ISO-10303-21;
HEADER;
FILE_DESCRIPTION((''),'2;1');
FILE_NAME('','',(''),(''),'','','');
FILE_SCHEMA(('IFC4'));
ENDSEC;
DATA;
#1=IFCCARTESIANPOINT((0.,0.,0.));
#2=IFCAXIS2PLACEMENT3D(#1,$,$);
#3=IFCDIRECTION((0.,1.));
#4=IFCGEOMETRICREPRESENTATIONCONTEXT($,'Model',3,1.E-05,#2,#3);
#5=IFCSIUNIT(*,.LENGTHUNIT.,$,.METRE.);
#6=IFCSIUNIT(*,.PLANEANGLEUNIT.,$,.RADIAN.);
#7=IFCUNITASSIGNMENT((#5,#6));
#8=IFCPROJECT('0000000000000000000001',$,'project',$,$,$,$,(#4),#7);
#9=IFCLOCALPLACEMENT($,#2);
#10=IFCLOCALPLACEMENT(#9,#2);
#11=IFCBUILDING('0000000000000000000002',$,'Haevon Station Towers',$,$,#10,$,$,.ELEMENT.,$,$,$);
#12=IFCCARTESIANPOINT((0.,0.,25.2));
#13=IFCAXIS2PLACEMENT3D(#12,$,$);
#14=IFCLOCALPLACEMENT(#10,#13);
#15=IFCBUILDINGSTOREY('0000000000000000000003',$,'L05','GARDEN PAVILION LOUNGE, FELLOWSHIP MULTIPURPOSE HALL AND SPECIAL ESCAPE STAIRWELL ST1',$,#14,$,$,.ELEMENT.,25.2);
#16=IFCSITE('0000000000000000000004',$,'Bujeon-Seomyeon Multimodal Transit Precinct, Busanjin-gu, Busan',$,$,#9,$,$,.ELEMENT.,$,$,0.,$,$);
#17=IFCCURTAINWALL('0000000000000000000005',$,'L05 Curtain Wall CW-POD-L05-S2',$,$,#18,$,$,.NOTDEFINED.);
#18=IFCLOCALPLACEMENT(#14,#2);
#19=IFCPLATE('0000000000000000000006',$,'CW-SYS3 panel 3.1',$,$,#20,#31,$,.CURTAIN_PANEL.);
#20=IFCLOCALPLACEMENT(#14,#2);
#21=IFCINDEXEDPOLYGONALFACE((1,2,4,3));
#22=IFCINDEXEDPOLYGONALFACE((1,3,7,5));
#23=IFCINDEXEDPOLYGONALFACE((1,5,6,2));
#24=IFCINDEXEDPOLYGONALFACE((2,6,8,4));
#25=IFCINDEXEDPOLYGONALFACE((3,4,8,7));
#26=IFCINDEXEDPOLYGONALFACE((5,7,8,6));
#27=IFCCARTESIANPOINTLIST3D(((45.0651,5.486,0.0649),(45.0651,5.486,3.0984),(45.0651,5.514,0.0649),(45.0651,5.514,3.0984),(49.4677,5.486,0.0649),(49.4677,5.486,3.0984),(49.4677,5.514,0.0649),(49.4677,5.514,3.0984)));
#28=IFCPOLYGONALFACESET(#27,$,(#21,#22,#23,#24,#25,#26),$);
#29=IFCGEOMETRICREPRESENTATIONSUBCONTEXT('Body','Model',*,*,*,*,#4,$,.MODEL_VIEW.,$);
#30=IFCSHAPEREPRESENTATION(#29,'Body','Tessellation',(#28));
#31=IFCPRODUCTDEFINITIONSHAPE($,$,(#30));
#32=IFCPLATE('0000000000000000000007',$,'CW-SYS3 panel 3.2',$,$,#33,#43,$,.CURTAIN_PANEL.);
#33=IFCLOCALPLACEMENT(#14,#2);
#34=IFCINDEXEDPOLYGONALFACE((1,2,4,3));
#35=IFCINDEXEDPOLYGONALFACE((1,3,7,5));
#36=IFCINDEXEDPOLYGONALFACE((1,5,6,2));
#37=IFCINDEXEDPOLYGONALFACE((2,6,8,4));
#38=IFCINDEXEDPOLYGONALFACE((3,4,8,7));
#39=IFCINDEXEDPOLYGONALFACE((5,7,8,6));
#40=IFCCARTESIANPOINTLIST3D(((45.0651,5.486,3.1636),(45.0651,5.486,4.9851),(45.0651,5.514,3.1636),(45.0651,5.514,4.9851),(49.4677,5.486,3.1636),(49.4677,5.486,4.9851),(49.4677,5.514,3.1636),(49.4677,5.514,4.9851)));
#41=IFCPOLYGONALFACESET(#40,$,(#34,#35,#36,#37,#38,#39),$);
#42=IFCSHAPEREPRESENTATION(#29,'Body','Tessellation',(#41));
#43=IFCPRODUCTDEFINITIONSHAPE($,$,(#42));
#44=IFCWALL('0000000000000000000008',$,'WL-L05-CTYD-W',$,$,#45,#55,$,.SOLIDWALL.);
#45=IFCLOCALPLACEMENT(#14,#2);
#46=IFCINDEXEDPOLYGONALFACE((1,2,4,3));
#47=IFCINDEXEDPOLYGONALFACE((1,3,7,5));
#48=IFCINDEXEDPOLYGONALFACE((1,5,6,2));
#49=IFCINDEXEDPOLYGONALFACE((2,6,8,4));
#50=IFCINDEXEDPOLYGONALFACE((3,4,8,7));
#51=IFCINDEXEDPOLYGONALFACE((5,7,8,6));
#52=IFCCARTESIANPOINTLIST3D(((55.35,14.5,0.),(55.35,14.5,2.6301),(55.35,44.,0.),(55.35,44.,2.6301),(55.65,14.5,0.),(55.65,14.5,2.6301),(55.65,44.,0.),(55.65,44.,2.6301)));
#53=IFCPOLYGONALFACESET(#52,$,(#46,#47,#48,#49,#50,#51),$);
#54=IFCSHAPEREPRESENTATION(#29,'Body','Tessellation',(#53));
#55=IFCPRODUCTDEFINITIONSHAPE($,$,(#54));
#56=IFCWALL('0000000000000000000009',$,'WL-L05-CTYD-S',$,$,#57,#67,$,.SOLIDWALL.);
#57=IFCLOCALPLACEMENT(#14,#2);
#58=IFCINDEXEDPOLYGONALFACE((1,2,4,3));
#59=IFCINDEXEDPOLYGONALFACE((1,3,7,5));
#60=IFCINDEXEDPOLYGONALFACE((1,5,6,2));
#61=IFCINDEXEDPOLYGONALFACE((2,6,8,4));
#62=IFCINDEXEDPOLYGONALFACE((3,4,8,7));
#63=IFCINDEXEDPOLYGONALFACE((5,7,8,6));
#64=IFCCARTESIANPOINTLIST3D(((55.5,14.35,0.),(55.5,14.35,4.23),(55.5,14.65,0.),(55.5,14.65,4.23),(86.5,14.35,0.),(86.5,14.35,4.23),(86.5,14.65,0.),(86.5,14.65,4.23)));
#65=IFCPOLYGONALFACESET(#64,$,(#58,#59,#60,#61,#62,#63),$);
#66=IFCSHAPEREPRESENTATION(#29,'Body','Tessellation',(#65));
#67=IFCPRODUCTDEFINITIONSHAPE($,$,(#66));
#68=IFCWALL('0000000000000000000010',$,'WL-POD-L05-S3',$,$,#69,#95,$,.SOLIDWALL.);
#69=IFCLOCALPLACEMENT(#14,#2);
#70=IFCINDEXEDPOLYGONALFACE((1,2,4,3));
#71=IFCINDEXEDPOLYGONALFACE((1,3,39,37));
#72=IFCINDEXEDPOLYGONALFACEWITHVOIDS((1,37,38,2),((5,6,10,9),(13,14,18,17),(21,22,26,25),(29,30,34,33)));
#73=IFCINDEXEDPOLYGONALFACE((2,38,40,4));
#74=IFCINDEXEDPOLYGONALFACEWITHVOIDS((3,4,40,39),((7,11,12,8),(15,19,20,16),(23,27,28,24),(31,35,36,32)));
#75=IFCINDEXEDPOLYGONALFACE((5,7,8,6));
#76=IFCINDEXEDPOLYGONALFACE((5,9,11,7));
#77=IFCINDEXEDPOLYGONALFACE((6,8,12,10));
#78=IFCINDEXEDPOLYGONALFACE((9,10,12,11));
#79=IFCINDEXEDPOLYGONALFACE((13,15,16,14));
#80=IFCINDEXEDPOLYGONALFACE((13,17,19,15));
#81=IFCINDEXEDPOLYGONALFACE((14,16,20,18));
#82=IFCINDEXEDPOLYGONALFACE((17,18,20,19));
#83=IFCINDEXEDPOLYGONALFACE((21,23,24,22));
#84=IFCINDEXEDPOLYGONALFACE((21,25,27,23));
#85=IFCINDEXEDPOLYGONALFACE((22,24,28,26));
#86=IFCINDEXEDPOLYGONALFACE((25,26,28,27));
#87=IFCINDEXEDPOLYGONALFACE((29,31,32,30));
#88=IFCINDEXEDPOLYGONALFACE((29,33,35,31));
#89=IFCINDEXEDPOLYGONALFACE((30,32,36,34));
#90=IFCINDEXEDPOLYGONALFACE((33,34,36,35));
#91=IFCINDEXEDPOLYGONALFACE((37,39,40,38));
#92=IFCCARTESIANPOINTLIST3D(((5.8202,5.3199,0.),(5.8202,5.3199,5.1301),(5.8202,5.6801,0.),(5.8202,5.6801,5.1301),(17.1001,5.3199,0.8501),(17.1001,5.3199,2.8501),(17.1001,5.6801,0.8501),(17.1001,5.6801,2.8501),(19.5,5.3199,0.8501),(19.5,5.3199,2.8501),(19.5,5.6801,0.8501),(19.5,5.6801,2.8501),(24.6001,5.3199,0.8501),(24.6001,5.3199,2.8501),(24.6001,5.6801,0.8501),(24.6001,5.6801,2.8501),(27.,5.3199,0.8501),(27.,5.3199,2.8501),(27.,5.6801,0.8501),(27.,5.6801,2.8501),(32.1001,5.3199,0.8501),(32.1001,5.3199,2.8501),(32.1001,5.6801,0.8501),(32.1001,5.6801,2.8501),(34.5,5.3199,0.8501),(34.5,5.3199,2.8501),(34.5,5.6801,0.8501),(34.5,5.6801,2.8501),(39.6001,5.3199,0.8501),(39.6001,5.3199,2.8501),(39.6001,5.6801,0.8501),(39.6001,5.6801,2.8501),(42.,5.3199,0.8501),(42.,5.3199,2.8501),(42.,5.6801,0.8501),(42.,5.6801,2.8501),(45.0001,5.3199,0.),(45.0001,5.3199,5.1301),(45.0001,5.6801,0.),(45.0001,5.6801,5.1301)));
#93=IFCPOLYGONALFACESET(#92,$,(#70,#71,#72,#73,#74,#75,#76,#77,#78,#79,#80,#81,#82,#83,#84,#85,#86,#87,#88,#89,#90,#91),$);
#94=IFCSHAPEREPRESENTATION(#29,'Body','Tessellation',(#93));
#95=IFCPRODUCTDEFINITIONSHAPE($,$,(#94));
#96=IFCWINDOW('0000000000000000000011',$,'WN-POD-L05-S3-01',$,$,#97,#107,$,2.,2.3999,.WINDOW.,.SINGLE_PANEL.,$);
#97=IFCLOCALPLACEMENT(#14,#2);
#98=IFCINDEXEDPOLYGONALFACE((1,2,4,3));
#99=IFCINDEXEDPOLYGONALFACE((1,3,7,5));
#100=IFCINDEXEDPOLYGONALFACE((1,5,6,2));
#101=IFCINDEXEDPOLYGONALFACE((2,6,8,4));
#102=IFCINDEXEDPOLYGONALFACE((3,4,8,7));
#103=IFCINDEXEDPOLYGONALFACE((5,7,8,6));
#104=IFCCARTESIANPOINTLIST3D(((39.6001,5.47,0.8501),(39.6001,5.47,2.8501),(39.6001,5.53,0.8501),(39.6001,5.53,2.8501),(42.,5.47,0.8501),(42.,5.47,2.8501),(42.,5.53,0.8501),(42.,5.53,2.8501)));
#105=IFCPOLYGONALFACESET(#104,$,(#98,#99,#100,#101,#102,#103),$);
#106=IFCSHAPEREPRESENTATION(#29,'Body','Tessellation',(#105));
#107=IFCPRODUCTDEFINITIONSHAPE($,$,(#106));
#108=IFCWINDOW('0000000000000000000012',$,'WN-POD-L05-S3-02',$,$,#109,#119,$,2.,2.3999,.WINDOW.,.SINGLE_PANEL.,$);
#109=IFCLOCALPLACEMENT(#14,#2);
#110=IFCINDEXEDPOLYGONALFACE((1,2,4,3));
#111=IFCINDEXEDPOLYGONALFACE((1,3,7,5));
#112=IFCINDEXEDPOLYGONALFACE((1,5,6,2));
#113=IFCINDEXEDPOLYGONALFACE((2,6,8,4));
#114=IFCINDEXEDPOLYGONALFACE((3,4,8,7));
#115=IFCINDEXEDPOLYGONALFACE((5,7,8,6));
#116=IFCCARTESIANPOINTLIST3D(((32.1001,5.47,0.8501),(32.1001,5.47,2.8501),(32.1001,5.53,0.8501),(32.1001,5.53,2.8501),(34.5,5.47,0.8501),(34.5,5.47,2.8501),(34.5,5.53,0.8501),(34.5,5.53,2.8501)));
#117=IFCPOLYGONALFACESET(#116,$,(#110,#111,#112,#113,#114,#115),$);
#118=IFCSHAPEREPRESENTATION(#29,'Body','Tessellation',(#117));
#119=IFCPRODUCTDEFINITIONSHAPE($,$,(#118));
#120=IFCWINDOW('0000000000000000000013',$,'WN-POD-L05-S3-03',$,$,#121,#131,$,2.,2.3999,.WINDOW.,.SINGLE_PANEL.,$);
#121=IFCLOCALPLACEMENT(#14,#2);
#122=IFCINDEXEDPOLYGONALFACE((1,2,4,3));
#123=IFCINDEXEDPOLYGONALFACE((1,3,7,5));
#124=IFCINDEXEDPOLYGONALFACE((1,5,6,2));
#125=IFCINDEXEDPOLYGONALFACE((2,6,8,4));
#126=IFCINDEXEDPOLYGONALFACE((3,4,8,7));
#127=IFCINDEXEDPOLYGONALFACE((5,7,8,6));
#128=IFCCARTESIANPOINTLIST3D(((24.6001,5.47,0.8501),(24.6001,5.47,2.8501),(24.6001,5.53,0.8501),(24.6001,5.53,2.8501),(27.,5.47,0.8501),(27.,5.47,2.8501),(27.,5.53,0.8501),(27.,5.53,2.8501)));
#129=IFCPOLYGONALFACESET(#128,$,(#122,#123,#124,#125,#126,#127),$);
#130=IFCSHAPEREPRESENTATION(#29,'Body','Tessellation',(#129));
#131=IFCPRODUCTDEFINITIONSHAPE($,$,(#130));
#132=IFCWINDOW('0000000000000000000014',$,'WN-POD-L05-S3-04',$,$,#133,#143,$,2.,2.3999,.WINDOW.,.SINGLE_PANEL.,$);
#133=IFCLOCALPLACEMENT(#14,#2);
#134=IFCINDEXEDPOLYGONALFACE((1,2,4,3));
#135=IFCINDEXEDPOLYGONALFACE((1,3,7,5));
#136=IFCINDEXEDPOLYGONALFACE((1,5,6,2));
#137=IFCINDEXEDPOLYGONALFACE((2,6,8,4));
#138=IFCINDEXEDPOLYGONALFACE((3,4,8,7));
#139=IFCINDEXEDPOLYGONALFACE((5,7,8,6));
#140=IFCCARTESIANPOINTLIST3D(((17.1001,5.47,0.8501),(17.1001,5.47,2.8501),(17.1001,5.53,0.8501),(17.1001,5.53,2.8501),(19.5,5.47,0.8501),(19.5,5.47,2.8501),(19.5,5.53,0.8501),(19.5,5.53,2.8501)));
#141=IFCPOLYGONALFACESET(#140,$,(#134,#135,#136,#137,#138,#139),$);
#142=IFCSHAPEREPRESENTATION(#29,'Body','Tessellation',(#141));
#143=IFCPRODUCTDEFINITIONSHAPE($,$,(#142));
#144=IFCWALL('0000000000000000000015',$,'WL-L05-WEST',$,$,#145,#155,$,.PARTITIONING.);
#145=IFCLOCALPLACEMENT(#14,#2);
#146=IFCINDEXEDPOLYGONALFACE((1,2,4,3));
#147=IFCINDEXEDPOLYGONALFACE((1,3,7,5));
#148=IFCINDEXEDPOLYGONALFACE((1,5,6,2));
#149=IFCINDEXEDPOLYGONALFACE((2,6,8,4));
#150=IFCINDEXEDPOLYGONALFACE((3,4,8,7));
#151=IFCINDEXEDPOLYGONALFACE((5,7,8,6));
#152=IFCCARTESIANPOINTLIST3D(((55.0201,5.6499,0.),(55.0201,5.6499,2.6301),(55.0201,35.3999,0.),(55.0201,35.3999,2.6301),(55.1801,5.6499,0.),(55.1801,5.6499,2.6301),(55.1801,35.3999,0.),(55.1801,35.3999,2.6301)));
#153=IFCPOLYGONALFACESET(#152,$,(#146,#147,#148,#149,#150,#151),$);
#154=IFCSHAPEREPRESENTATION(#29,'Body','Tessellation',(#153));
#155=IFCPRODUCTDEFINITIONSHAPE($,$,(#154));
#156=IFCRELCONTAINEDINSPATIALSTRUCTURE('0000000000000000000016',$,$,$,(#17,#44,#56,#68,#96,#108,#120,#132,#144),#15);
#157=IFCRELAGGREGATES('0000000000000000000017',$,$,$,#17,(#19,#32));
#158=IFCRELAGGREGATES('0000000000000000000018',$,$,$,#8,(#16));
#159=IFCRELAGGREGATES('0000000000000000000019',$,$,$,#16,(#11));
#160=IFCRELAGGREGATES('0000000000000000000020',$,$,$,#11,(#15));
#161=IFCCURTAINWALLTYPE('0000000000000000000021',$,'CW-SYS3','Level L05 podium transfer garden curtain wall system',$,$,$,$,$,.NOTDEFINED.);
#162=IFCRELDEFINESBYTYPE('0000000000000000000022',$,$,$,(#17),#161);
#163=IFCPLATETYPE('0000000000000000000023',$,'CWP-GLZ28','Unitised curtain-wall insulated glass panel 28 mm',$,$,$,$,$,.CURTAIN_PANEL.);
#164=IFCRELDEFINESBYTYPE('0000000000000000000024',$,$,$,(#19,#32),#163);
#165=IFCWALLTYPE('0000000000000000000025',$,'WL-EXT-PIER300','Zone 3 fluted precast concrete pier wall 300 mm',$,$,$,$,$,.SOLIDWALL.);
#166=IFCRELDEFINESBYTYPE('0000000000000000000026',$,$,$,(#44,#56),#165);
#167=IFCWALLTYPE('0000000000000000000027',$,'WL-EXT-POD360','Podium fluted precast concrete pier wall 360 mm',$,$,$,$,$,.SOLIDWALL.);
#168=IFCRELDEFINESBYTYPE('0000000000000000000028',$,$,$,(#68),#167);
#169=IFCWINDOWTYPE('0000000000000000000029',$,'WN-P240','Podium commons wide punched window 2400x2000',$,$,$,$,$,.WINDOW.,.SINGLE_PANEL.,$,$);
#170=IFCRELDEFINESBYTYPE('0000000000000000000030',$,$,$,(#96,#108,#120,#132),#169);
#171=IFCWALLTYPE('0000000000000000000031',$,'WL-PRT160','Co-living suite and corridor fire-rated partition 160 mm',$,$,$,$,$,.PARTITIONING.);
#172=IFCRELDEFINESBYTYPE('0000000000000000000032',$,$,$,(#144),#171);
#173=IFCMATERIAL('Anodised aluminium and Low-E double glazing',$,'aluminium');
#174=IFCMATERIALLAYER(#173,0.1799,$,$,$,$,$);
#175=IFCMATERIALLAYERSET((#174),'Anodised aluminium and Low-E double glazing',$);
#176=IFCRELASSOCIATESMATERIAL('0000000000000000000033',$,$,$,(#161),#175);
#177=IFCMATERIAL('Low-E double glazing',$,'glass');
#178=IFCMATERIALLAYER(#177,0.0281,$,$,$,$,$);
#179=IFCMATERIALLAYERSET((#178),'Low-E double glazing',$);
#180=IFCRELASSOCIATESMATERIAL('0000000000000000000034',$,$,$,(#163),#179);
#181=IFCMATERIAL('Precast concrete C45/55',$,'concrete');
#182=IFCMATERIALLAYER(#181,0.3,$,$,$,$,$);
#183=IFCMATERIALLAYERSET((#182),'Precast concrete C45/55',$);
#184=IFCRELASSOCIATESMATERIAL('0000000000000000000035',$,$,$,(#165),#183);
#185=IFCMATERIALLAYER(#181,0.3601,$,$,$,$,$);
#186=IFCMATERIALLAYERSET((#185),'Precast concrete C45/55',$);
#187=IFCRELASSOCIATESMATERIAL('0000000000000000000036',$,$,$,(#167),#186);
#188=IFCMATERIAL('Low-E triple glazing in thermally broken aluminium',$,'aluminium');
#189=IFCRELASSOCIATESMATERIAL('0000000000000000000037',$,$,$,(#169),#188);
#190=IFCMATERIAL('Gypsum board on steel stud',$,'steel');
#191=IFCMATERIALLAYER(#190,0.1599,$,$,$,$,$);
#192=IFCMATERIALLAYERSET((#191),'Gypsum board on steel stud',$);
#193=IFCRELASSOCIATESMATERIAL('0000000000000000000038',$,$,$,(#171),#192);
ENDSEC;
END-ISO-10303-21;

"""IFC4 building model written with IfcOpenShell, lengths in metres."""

from ifc_helpers import new_model, si_unit, direction, frame, frame_2d, origin, origin_2d, place, context, subcontext, project, spatial, rectangle, extrude, material, layer, layer_set, type_object, element, fill, aggregate, save


model = new_model("IFC4")

# Units and contexts
model_context = context("Model", 3, precision=1e-05, world=origin(), true_north=direction((0.0, 1.0)))
body_context = subcontext(model_context, "Body", "Model", "MODEL_VIEW")
ifc_project = project(units=[si_unit("LENGTHUNIT", "METRE"), si_unit("PLANEANGLEUNIT", "RADIAN")], contexts=[model_context])

# Site, building, storey
site_placement = place(None, origin())
site = spatial("IfcSite", under=ifc_project, at=site_placement, Name="Bujeon-Seomyeon Multimodal Transit Precinct, Busanjin-gu, Busan", CompositionType="ELEMENT", RefElevation=0.0)
building_placement = place(site_placement, origin())
building = spatial("IfcBuilding", under=site, at=building_placement, Name="Haevon Station Towers", CompositionType="ELEMENT")
storey_placement = place(building_placement, frame((0.0, 0.0, 25.2)))
storey = spatial("IfcBuildingStorey", under=building, at=storey_placement, Name="L05", Description="GARDEN PAVILION LOUNGE, FELLOWSHIP MULTIPURPOSE HALL AND SPECIAL ESCAPE STAIRWELL ST1", CompositionType="ELEMENT", Elevation=25.2)

# Curtain wall, plates
ifc_material_1 = material(Name="Anodised aluminium and Low-E double glazing", Category="aluminium")
ifc_layer_1 = layer(ifc_material_1, 0.1799)
ifc_layer_set_1 = layer_set([ifc_layer_1], Name="Anodised aluminium and Low-E double glazing")
curtain_wall_type = type_object("IfcCurtainWallType", Name="CW-SYS3", Description="Level L05 podium transfer garden curtain wall system", PredefinedType="NOTDEFINED", material=ifc_layer_set_1)
curtain_wall_placement = place(storey_placement, origin())
curtain_wall = element("IfcCurtainWall", 1, at=curtain_wall_placement, inside=storey, type_object=curtain_wall_type, Name="L05 Curtain Wall CW-POD-L05-S2", PredefinedType="NOTDEFINED")
ifc_material_2 = material(Name="Low-E double glazing", Category="glass")
ifc_layer_2 = layer(ifc_material_2, 0.0281)
ifc_layer_set_2 = layer_set([ifc_layer_2], Name="Low-E double glazing")
plate_type = type_object("IfcPlateType", Name="CWP-GLZ28", Description="Unitised curtain-wall insulated glass panel 28 mm", PredefinedType="CURTAIN_PANEL", material=ifc_layer_set_2)
plate_1_placement = place(storey_placement, frame((47.2664, 5.5, 0.0649), z_axis=(0.0, 0.0, 1.0), x_axis=(-1.0, 0.0, 0.0)))
plate_1 = element("IfcPlate", 2, at=plate_1_placement, type_object=plate_type, Name="CW-SYS3 panel 3.1", PredefinedType="CURTAIN_PANEL", context=body_context, shape_type="SweptSolid", body=[
    extrude(rectangle(XDim=4.4026, YDim=0.0281, at=origin_2d()), origin(), (0.0, 0.0, 1.0), 3.0334),
])
plate_2_placement = place(storey_placement, frame((47.2664, 5.5, 3.1636), z_axis=(0.0, 0.0, 1.0), x_axis=(-1.0, 0.0, 0.0)))
plate_2 = element("IfcPlate", 3, at=plate_2_placement, type_object=plate_type, Name="CW-SYS3 panel 3.2", PredefinedType="CURTAIN_PANEL", context=body_context, shape_type="SweptSolid", body=[
    extrude(rectangle(XDim=4.4026, YDim=0.0281, at=origin_2d()), origin(), (0.0, 0.0, 1.0), 1.8215),
])
aggregate(curtain_wall, [plate_1, plate_2])

# Walls
ifc_material_3 = material(Name="Precast concrete C45/55", Category="concrete")
ifc_layer_3 = layer(ifc_material_3, 0.3)
ifc_layer_set_3 = layer_set([ifc_layer_3], Name="Precast concrete C45/55")
wall_type_1 = type_object("IfcWallType", Name="WL-EXT-PIER300", Description="Zone 3 fluted precast concrete pier wall 300 mm", PredefinedType="SOLIDWALL", material=ifc_layer_set_3)
wall_1_placement = place(storey_placement, frame((55.5, 14.5, 0.0), z_axis=(0.0, 0.0, 1.0), x_axis=(0.0, 1.0, 0.0)))
element("IfcWall", 4, at=wall_1_placement, inside=storey, type_object=wall_type_1, Name="WL-L05-CTYD-W", PredefinedType="SOLIDWALL", context=body_context, shape_type="SweptSolid", body=[
    extrude(rectangle(XDim=29.5, YDim=0.3, at=frame_2d((14.75, 0.0))), origin(), (0.0, 0.0, 1.0), 2.6301),
])
wall_2_placement = place(storey_placement, frame((55.5, 14.5, 0.0), z_axis=(0.0, 0.0, 1.0), x_axis=(1.0, 0.0, 0.0)))
element("IfcWall", 5, at=wall_2_placement, inside=storey, type_object=wall_type_1, Name="WL-L05-CTYD-S", PredefinedType="SOLIDWALL", context=body_context, shape_type="SweptSolid", body=[
    extrude(rectangle(XDim=31.0, YDim=0.3, at=frame_2d((15.5, 0.0))), origin(), (0.0, 0.0, 1.0), 4.23),
])

# Wall, openings, windows
ifc_layer_4 = layer(ifc_material_3, 0.3601)
ifc_layer_set_4 = layer_set([ifc_layer_4], Name="Precast concrete C45/55")
wall_type_2 = type_object("IfcWallType", Name="WL-EXT-POD360", Description="Podium fluted precast concrete pier wall 360 mm", PredefinedType="SOLIDWALL", material=ifc_layer_set_4)
wall_3_placement = place(storey_placement, frame((45.0, 5.5, 0.0), z_axis=(0.0, 0.0, 1.0), x_axis=(-1.0, 0.0, 0.0)))
wall_3 = element("IfcWall", 6, at=wall_3_placement, inside=storey, type_object=wall_type_2, Name="WL-POD-L05-S3", PredefinedType="SOLIDWALL", context=body_context, shape_type="SweptSolid", body=[
    extrude(rectangle(XDim=39.1799, YDim=0.3601, at=frame_2d((19.5898, 0.0))), origin(), (0.0, 0.0, 1.0), 5.1301),
])
opening_1_placement = place(wall_3_placement, frame((3.0, 0.0, 0.8501)))
opening_1 = element("IfcOpeningElement", 7, at=opening_1_placement, cuts=wall_3, PredefinedType="OPENING", context=body_context, shape_type="SweptSolid", body=[
    extrude(rectangle(XDim=2.3999, YDim=2.0, at=frame_2d((1.2, 1.0))), frame((0.0, 0.1899, 0.0), z_axis=(0.0, -1.0, 0.0), x_axis=(1.0, 0.0, 0.0)), (0.0, 0.0, 1.0), 0.3801),
])
opening_2_placement = place(wall_3_placement, frame((10.5, 0.0, 0.8501)))
opening_2 = element("IfcOpeningElement", 8, at=opening_2_placement, cuts=wall_3, PredefinedType="OPENING", context=body_context, shape_type="SweptSolid", body=[
    extrude(rectangle(XDim=2.3999, YDim=2.0, at=frame_2d((1.2, 1.0))), frame((0.0, 0.1899, 0.0), z_axis=(0.0, -1.0, 0.0), x_axis=(1.0, 0.0, 0.0)), (0.0, 0.0, 1.0), 0.3801),
])
opening_3_placement = place(wall_3_placement, frame((18.0, 0.0, 0.8501)))
opening_3 = element("IfcOpeningElement", 9, at=opening_3_placement, cuts=wall_3, PredefinedType="OPENING", context=body_context, shape_type="SweptSolid", body=[
    extrude(rectangle(XDim=2.3999, YDim=2.0, at=frame_2d((1.2, 1.0))), frame((0.0, 0.1899, 0.0), z_axis=(0.0, -1.0, 0.0), x_axis=(1.0, 0.0, 0.0)), (0.0, 0.0, 1.0), 0.3801),
])
opening_4_placement = place(wall_3_placement, frame((25.5, 0.0, 0.8501)))
opening_4 = element("IfcOpeningElement", 10, at=opening_4_placement, cuts=wall_3, PredefinedType="OPENING", context=body_context, shape_type="SweptSolid", body=[
    extrude(rectangle(XDim=2.3999, YDim=2.0, at=frame_2d((1.2, 1.0))), frame((0.0, 0.1899, 0.0), z_axis=(0.0, -1.0, 0.0), x_axis=(1.0, 0.0, 0.0)), (0.0, 0.0, 1.0), 0.3801),
])
ifc_material_4 = material(Name="Low-E triple glazing in thermally broken aluminium", Category="aluminium")
window_type = type_object("IfcWindowType", Name="WN-P240", Description="Podium commons wide punched window 2400x2000", PartitioningType="SINGLE_PANEL", PredefinedType="WINDOW", material=ifc_material_4)
window_1_placement = place(opening_1_placement, origin())
window_1 = element("IfcWindow", 11, at=window_1_placement, inside=storey, type_object=window_type, Name="WN-POD-L05-S3-01", OverallHeight=2.0, OverallWidth=2.3999, PartitioningType="SINGLE_PANEL", PredefinedType="WINDOW", context=body_context, shape_type="SweptSolid", body=[
    extrude(rectangle(XDim=2.3999, YDim=2.0, at=frame_2d((1.2, 1.0))), frame((0.0, 0.03, 0.0), z_axis=(0.0, -1.0, 0.0), x_axis=(1.0, 0.0, 0.0)), (0.0, 0.0, 1.0), 0.0601),
])
fill(opening_1, window_1)
window_2_placement = place(opening_2_placement, origin())
window_2 = element("IfcWindow", 12, at=window_2_placement, inside=storey, type_object=window_type, Name="WN-POD-L05-S3-02", OverallHeight=2.0, OverallWidth=2.3999, PartitioningType="SINGLE_PANEL", PredefinedType="WINDOW", context=body_context, shape_type="SweptSolid", body=[
    extrude(rectangle(XDim=2.3999, YDim=2.0, at=frame_2d((1.2, 1.0))), frame((0.0, 0.03, 0.0), z_axis=(0.0, -1.0, 0.0), x_axis=(1.0, 0.0, 0.0)), (0.0, 0.0, 1.0), 0.0601),
])
fill(opening_2, window_2)
window_3_placement = place(opening_3_placement, origin())
window_3 = element("IfcWindow", 13, at=window_3_placement, inside=storey, type_object=window_type, Name="WN-POD-L05-S3-03", OverallHeight=2.0, OverallWidth=2.3999, PartitioningType="SINGLE_PANEL", PredefinedType="WINDOW", context=body_context, shape_type="SweptSolid", body=[
    extrude(rectangle(XDim=2.3999, YDim=2.0, at=frame_2d((1.2, 1.0))), frame((0.0, 0.03, 0.0), z_axis=(0.0, -1.0, 0.0), x_axis=(1.0, 0.0, 0.0)), (0.0, 0.0, 1.0), 0.0601),
])
fill(opening_3, window_3)
window_4_placement = place(opening_4_placement, origin())
window_4 = element("IfcWindow", 14, at=window_4_placement, inside=storey, type_object=window_type, Name="WN-POD-L05-S3-04", OverallHeight=2.0, OverallWidth=2.3999, PartitioningType="SINGLE_PANEL", PredefinedType="WINDOW", context=body_context, shape_type="SweptSolid", body=[
    extrude(rectangle(XDim=2.3999, YDim=2.0, at=frame_2d((1.2, 1.0))), frame((0.0, 0.03, 0.0), z_axis=(0.0, -1.0, 0.0), x_axis=(1.0, 0.0, 0.0)), (0.0, 0.0, 1.0), 0.0601),
])
fill(opening_4, window_4)

# Wall
ifc_material_5 = material(Name="Gypsum board on steel stud", Category="steel")
ifc_layer_5 = layer(ifc_material_5, 0.1599)
ifc_layer_set_5 = layer_set([ifc_layer_5], Name="Gypsum board on steel stud")
wall_type_3 = type_object("IfcWallType", Name="WL-PRT160", Description="Co-living suite and corridor fire-rated partition 160 mm", PredefinedType="PARTITIONING", material=ifc_layer_set_5)
wall_4_placement = place(storey_placement, frame((55.1001, 5.6499, 0.0), z_axis=(0.0, 0.0, 1.0), x_axis=(0.0, 1.0, 0.0)))
element("IfcWall", 15, at=wall_4_placement, inside=storey, type_object=wall_type_3, Name="WL-L05-WEST", PredefinedType="PARTITIONING", context=body_context, shape_type="SweptSolid", body=[
    extrude(rectangle(XDim=29.75, YDim=0.1599, at=frame_2d((14.875, 0.0))), origin(), (0.0, 0.0, 1.0), 2.6301),
])

save(model, "model.ifc")
